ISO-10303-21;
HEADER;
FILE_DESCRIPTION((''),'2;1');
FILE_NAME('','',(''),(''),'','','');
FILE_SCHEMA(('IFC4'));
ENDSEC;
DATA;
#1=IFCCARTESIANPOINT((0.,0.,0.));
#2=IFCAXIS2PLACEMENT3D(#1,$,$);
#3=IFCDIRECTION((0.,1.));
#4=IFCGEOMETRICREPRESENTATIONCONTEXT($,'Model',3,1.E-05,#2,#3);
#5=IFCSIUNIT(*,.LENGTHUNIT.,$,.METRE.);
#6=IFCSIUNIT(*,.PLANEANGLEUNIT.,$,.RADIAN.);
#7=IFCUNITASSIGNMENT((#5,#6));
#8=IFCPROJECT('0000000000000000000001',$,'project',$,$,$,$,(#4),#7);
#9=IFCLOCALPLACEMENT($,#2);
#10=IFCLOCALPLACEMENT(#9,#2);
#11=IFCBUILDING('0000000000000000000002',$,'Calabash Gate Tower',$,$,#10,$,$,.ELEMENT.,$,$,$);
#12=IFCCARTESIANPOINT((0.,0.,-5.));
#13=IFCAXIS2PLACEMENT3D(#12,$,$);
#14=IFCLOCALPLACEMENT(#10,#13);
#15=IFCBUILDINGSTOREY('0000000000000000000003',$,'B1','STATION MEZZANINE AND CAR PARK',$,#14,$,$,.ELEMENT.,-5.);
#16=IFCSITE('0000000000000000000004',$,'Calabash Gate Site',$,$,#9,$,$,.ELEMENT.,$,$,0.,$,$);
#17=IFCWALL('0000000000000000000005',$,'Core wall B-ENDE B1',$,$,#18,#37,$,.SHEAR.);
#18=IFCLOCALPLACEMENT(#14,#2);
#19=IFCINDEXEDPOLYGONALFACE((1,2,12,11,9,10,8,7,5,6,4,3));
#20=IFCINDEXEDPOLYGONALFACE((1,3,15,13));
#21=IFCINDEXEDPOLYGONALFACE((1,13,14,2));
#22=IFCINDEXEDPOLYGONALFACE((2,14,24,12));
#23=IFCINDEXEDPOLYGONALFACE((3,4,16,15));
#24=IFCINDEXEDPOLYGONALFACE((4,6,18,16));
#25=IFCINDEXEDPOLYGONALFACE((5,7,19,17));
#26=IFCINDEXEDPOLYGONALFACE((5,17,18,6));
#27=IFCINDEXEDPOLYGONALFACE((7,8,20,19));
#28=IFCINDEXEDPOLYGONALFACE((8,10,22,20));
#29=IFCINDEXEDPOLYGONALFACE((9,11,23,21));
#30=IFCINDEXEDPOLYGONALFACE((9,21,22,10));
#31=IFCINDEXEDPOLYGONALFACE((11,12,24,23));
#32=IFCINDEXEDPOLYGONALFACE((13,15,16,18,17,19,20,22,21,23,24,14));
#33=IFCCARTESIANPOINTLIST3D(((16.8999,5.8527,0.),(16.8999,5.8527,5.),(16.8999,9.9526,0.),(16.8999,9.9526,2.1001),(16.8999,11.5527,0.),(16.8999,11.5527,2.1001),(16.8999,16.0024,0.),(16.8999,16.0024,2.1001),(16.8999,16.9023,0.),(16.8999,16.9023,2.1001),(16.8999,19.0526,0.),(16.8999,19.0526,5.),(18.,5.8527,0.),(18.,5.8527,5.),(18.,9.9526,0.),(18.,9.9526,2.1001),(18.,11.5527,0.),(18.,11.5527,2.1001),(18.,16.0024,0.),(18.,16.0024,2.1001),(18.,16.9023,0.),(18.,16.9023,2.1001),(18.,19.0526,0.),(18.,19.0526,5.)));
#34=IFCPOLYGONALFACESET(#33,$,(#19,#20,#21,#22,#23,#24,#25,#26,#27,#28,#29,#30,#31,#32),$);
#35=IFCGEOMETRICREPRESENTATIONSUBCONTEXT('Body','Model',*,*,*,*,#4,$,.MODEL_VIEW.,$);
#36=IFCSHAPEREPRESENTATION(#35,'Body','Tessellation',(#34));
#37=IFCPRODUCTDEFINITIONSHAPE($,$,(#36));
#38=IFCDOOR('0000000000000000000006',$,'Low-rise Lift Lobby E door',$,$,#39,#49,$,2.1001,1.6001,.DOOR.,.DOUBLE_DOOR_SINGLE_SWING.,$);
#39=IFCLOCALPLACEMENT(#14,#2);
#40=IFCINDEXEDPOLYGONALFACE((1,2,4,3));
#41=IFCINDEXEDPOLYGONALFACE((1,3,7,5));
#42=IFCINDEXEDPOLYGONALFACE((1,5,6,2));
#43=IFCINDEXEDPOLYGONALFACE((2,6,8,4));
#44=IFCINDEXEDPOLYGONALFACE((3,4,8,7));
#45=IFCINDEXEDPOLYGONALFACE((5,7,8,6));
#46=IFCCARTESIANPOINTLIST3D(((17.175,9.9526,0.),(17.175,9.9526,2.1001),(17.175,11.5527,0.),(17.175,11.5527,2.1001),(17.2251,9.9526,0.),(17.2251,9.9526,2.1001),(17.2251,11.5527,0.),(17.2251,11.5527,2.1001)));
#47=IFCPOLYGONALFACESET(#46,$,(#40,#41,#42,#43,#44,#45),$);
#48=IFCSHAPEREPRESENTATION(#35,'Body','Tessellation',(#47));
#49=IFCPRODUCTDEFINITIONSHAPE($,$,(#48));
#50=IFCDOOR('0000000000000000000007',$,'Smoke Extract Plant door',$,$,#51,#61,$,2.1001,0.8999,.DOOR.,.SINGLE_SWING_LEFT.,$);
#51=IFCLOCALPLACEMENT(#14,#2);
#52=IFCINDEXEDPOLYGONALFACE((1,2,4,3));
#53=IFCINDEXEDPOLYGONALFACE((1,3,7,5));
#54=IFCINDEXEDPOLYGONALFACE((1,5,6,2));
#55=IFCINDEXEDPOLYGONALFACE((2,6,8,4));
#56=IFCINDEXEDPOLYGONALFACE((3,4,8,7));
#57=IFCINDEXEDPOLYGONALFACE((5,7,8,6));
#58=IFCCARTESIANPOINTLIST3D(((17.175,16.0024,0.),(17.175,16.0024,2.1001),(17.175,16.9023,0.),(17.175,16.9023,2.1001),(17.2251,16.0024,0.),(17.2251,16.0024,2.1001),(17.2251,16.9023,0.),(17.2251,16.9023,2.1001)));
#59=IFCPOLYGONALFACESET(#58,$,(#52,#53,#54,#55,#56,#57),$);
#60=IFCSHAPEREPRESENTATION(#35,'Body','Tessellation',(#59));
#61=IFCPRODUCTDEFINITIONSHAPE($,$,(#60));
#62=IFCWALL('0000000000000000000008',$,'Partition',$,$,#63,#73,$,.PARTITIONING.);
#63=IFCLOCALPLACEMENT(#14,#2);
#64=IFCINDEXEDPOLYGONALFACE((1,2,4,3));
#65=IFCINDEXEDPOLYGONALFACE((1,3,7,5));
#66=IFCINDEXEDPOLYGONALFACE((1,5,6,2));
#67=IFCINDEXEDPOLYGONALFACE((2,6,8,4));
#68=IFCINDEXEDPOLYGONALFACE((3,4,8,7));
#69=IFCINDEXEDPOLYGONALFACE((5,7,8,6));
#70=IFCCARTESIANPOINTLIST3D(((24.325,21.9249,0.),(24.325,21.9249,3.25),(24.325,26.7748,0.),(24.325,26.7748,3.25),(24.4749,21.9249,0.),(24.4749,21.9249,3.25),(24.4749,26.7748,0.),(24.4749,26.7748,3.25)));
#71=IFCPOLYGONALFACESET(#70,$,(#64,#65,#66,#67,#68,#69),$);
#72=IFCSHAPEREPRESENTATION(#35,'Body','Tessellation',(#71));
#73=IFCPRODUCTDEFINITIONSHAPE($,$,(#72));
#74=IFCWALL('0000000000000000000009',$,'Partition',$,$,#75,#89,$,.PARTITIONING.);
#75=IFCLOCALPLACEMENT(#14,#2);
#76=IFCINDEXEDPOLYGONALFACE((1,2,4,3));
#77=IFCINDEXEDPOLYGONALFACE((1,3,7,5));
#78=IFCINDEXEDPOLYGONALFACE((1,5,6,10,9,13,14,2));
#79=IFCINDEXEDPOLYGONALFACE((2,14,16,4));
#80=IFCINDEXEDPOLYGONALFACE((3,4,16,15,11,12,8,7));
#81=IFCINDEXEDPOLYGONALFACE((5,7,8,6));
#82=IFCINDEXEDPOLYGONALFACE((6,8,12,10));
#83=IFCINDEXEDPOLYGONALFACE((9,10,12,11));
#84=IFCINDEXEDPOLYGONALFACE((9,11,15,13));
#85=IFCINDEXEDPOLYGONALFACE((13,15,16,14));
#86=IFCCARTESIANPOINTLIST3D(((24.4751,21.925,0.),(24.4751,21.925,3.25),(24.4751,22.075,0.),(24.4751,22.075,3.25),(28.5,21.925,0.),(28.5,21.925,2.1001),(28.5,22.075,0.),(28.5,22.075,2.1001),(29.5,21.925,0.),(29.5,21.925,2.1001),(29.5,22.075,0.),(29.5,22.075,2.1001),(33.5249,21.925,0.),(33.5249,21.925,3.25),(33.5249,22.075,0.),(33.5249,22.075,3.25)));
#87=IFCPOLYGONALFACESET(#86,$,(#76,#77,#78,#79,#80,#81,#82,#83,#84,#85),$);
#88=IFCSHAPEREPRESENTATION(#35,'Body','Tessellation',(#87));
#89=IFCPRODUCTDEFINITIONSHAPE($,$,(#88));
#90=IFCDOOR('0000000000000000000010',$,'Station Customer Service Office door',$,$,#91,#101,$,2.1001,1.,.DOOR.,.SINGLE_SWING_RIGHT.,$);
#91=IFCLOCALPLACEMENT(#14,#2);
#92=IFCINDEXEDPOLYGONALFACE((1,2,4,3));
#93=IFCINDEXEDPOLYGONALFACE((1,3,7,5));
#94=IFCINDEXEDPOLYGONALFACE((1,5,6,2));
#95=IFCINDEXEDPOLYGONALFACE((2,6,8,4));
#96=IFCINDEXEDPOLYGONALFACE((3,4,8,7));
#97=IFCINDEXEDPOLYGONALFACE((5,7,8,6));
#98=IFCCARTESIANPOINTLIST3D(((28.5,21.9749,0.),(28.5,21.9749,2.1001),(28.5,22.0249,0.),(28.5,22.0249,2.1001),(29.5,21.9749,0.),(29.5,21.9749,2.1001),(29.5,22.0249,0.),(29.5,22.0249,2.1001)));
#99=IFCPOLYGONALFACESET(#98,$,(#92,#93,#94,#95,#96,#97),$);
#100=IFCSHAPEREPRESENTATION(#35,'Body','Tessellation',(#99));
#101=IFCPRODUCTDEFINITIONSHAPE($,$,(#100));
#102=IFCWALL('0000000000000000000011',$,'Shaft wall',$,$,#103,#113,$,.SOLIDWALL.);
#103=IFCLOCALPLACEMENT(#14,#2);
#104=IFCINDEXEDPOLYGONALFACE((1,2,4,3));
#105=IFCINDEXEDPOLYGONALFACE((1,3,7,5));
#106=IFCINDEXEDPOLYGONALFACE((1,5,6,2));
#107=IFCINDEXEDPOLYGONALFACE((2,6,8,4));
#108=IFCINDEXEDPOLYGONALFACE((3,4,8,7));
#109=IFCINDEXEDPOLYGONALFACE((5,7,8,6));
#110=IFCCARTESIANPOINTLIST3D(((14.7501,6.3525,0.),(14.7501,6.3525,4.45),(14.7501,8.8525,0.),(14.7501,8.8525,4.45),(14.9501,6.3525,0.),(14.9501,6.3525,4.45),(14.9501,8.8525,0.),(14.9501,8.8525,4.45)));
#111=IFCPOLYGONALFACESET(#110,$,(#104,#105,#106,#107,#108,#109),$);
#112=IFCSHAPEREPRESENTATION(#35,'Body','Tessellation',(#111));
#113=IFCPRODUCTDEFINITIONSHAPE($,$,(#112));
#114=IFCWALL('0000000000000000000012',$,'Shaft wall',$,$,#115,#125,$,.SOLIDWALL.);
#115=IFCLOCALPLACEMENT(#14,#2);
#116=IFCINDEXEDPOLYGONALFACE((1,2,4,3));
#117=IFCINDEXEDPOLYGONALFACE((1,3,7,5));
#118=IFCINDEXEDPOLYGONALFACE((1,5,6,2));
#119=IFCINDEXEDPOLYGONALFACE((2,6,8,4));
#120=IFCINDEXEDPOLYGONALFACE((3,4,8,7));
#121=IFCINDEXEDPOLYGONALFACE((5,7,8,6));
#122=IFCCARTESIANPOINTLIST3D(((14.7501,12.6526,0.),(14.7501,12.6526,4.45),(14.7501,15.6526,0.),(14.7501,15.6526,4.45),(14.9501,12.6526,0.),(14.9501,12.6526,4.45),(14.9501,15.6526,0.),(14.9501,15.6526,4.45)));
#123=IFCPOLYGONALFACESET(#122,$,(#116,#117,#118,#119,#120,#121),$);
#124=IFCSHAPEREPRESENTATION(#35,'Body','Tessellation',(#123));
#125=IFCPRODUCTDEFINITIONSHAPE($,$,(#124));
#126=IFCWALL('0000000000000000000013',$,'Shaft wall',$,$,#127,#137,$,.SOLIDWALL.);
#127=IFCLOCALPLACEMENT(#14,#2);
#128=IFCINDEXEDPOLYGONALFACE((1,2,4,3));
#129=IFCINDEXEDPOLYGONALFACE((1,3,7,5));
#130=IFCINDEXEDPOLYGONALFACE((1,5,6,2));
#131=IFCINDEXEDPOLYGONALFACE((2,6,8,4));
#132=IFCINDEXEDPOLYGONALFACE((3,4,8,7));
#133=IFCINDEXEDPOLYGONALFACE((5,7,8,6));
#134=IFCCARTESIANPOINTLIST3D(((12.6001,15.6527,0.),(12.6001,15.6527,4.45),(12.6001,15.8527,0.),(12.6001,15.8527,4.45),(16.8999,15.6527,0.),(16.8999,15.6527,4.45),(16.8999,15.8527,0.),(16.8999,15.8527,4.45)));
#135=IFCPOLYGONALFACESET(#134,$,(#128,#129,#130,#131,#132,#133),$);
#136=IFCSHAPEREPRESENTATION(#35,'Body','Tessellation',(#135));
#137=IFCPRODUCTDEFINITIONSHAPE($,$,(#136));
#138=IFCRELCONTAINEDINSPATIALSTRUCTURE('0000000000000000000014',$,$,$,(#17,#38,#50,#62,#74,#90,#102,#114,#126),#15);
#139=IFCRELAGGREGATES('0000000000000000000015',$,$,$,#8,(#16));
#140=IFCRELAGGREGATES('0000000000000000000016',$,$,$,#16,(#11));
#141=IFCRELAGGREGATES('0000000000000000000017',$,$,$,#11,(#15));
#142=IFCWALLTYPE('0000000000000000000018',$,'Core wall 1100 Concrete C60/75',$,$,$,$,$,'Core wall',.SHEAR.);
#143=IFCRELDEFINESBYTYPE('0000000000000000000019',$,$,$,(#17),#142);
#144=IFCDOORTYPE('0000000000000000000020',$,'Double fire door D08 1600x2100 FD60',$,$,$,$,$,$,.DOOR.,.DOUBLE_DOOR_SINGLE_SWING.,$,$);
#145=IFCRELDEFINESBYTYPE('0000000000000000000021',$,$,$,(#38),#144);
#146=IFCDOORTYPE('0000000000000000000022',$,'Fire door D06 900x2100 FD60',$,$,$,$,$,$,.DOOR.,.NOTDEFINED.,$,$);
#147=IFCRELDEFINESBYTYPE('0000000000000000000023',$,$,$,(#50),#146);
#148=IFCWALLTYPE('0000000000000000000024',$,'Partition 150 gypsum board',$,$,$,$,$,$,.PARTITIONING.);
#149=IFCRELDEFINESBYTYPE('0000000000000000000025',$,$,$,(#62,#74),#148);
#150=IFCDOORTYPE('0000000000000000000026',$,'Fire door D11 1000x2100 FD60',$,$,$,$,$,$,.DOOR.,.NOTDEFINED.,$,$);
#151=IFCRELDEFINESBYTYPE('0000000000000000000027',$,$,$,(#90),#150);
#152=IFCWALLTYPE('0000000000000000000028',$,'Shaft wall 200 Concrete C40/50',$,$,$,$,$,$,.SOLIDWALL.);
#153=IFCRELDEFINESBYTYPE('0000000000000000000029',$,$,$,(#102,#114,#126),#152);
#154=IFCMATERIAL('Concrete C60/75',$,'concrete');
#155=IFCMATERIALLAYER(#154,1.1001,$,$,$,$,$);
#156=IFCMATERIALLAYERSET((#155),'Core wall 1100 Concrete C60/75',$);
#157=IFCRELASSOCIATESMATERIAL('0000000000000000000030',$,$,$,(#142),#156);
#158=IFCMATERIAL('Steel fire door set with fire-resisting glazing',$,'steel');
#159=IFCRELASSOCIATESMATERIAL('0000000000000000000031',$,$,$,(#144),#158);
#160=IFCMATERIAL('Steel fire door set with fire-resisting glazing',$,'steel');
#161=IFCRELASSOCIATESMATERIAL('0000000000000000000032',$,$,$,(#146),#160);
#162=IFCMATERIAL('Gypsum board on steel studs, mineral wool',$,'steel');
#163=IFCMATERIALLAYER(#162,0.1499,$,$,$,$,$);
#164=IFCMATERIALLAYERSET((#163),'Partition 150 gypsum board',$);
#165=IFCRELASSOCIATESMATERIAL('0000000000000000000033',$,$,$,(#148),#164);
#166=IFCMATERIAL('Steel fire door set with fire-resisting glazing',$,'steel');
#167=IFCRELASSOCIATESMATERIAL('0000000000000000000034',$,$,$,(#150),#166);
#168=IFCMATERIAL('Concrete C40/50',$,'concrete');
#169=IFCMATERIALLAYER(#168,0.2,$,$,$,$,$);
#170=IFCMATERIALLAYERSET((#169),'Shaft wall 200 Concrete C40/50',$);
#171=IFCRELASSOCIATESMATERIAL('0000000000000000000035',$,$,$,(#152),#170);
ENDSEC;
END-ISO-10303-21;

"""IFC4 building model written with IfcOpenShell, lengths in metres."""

from ifc_helpers import new_model, si_unit, direction, frame, frame_2d, origin, place, context, subcontext, project, spatial, rectangle, extrude, material, layer, layer_set, type_object, element, fill, save


model = new_model("IFC4")

# Units and contexts
model_context = context("Model", 3, precision=1e-05, world=origin(), true_north=direction((0.0, 1.0)))
body_context = subcontext(model_context, "Body", "Model", "MODEL_VIEW")
ifc_project = project(units=[si_unit("LENGTHUNIT", "METRE"), si_unit("PLANEANGLEUNIT", "RADIAN")], contexts=[model_context])

# Site, building, storey
site_placement = place(None, origin())
site = spatial("IfcSite", under=ifc_project, at=site_placement, Name="Calabash Gate Site", CompositionType="ELEMENT", RefElevation=0.0)
building_placement = place(site_placement, origin())
building = spatial("IfcBuilding", under=site, at=building_placement, Name="Calabash Gate Tower", CompositionType="ELEMENT")
storey_placement = place(building_placement, frame((0.0, 0.0, -5.0)))
storey = spatial("IfcBuildingStorey", under=building, at=storey_placement, Name="B1", Description="STATION MEZZANINE AND CAR PARK", CompositionType="ELEMENT", Elevation=-5.0)

# Wall, openings, doors
ifc_material_1 = material(Name="Concrete C60/75", Category="concrete")
ifc_layer_1 = layer(ifc_material_1, 1.1001)
ifc_layer_set_1 = layer_set([ifc_layer_1], Name="Core wall 1100 Concrete C60/75")
wall_type_1 = type_object("IfcWallType", Name="Core wall 1100 Concrete C60/75", ElementType="Core wall", PredefinedType="SHEAR", material=ifc_layer_set_1)
wall_1_placement = place(storey_placement, frame((17.45, 5.8525, 0.0), z_axis=(0.0, 0.0, 1.0), x_axis=(0.0, 1.0, 0.0)))
wall_1 = element("IfcWall", 1, at=wall_1_placement, inside=storey, type_object=wall_type_1, Name="Core wall B-ENDE B1", PredefinedType="SHEAR", context=body_context, shape_type="SweptSolid", body=[
    extrude(rectangle(XDim=13.2, YDim=1.1001, at=frame_2d((6.6001, 0.0))), origin(), (0.0, 0.0, 1.0), 5.0),
])
opening_1_placement = place(wall_1_placement, frame((4.1001, 0.0, 0.0)))
opening_1 = element("IfcOpeningElement", 2, at=opening_1_placement, cuts=wall_1, PredefinedType="OPENING", context=body_context, shape_type="SweptSolid", body=[
    extrude(rectangle(XDim=1.6001, YDim=2.1001, at=frame_2d((0.8, 1.05))), frame((0.0, 0.5601, 0.0), z_axis=(0.0, -1.0, 0.0), x_axis=(1.0, 0.0, 0.0)), (0.0, 0.0, 1.0), 1.1201),
])
opening_2_placement = place(wall_1_placement, frame((10.1499, 0.0, 0.0)))
opening_2 = element("IfcOpeningElement", 3, at=opening_2_placement, cuts=wall_1, PredefinedType="OPENING", context=body_context, shape_type="SweptSolid", body=[
    extrude(rectangle(XDim=0.8999, YDim=2.1001, at=frame_2d((0.45, 1.05))), frame((0.0, 0.5601, 0.0), z_axis=(0.0, -1.0, 0.0), x_axis=(1.0, 0.0, 0.0)), (0.0, 0.0, 1.0), 1.1201),
])
ifc_material_2 = material(Name="Steel fire door set with fire-resisting glazing", Category="steel")
door_type_1 = type_object("IfcDoorType", Name="Double fire door D08 1600x2100 FD60", OperationType="DOUBLE_DOOR_SINGLE_SWING", PredefinedType="DOOR", material=ifc_material_2)
door_1_placement = place(opening_1_placement, origin())
door_1 = element("IfcDoor", 4, at=door_1_placement, inside=storey, type_object=door_type_1, Name="Low-rise Lift Lobby E door", OperationType="DOUBLE_DOOR_SINGLE_SWING", OverallHeight=2.1001, OverallWidth=1.6001, PredefinedType="DOOR", context=body_context, shape_type="SweptSolid", body=[
    extrude(rectangle(XDim=1.6001, YDim=2.1001, at=frame_2d((0.8, 1.05))), frame((0.0, 0.2749, 0.0), z_axis=(0.0, -1.0, 0.0), x_axis=(1.0, 0.0, 0.0)), (0.0, 0.0, 1.0), 0.05),
])
fill(opening_1, door_1)
ifc_material_3 = material(Name="Steel fire door set with fire-resisting glazing", Category="steel")
door_type_2 = type_object("IfcDoorType", Name="Fire door D06 900x2100 FD60", OperationType="NOTDEFINED", PredefinedType="DOOR", material=ifc_material_3)
door_2_placement = place(opening_2_placement, origin())
door_2 = element("IfcDoor", 5, at=door_2_placement, inside=storey, type_object=door_type_2, Name="Smoke Extract Plant door", OperationType="SINGLE_SWING_LEFT", OverallHeight=2.1001, OverallWidth=0.8999, PredefinedType="DOOR", context=body_context, shape_type="SweptSolid", body=[
    extrude(rectangle(XDim=0.8999, YDim=2.1001, at=frame_2d((0.45, 1.05))), frame((0.0, 0.2749, 0.0), z_axis=(0.0, -1.0, 0.0), x_axis=(1.0, 0.0, 0.0)), (0.0, 0.0, 1.0), 0.05),
])
fill(opening_2, door_2)

# Wall
ifc_material_4 = material(Name="Gypsum board on steel studs, mineral wool", Category="steel")
ifc_layer_2 = layer(ifc_material_4, 0.1499)
ifc_layer_set_2 = layer_set([ifc_layer_2], Name="Partition 150 gypsum board")
wall_type_2 = type_object("IfcWallType", Name="Partition 150 gypsum board", PredefinedType="PARTITIONING", material=ifc_layer_set_2)
wall_2_placement = place(storey_placement, frame((24.3999, 21.925, 0.0), z_axis=(0.0, 0.0, 1.0), x_axis=(0.0, 1.0, 0.0)))
element("IfcWall", 6, at=wall_2_placement, inside=storey, type_object=wall_type_2, Name="Partition", PredefinedType="PARTITIONING", context=body_context, shape_type="SweptSolid", body=[
    extrude(rectangle(XDim=4.8499, YDim=0.1499, at=frame_2d((2.4248, 0.0))), origin(), (0.0, 0.0, 1.0), 3.25),
])

# Wall, opening, door
wall_3_placement = place(storey_placement, frame((24.4751, 22.0, 0.0), z_axis=(0.0, 0.0, 1.0), x_axis=(1.0, 0.0, 0.0)))
wall_3 = element("IfcWall", 7, at=wall_3_placement, inside=storey, type_object=wall_type_2, Name="Partition", PredefinedType="PARTITIONING", context=body_context, shape_type="SweptSolid", body=[
    extrude(rectangle(XDim=9.0498, YDim=0.1499, at=frame_2d((4.5249, 0.0))), origin(), (0.0, 0.0, 1.0), 3.25),
])
opening_3_placement = place(wall_3_placement, frame((4.0249, 0.0, 0.0)))
opening_3 = element("IfcOpeningElement", 8, at=opening_3_placement, cuts=wall_3, PredefinedType="OPENING", context=body_context, shape_type="SweptSolid", body=[
    extrude(rectangle(XDim=1.0, YDim=2.1001, at=frame_2d((0.5, 1.05))), frame((0.0, 0.085, 0.0), z_axis=(0.0, -1.0, 0.0), x_axis=(1.0, 0.0, 0.0)), (0.0, 0.0, 1.0), 0.1699),
])
ifc_material_5 = material(Name="Steel fire door set with fire-resisting glazing", Category="steel")
door_type_3 = type_object("IfcDoorType", Name="Fire door D11 1000x2100 FD60", OperationType="NOTDEFINED", PredefinedType="DOOR", material=ifc_material_5)
door_3_placement = place(opening_3_placement, origin())
door_3 = element("IfcDoor", 9, at=door_3_placement, inside=storey, type_object=door_type_3, Name="Station Customer Service Office door", OperationType="SINGLE_SWING_RIGHT", OverallHeight=2.1001, OverallWidth=1.0, PredefinedType="DOOR", context=body_context, shape_type="SweptSolid", body=[
    extrude(rectangle(XDim=1.0, YDim=2.1001, at=frame_2d((0.5, 1.05))), frame((0.0, 0.0249, 0.0), z_axis=(0.0, -1.0, 0.0), x_axis=(1.0, 0.0, 0.0)), (0.0, 0.0, 1.0), 0.05),
])
fill(opening_3, door_3)

# Walls
ifc_material_6 = material(Name="Concrete C40/50", Category="concrete")
ifc_layer_3 = layer(ifc_material_6, 0.2)
ifc_layer_set_3 = layer_set([ifc_layer_3], Name="Shaft wall 200 Concrete C40/50")
wall_type_3 = type_object("IfcWallType", Name="Shaft wall 200 Concrete C40/50", PredefinedType="SOLIDWALL", material=ifc_layer_set_3)
wall_4_placement = place(storey_placement, frame((14.8501, 6.3525, 0.0), z_axis=(0.0, 0.0, 1.0), x_axis=(0.0, 1.0, 0.0)))
element("IfcWall", 10, at=wall_4_placement, inside=storey, type_object=wall_type_3, Name="Shaft wall", PredefinedType="SOLIDWALL", context=body_context, shape_type="SweptSolid", body=[
    extrude(rectangle(XDim=2.5, YDim=0.2, at=frame_2d((1.25, 0.0))), origin(), (0.0, 0.0, 1.0), 4.45),
])
wall_5_placement = place(storey_placement, frame((14.8501, 12.6526, 0.0), z_axis=(0.0, 0.0, 1.0), x_axis=(0.0, 1.0, 0.0)))
element("IfcWall", 11, at=wall_5_placement, inside=storey, type_object=wall_type_3, Name="Shaft wall", PredefinedType="SOLIDWALL", context=body_context, shape_type="SweptSolid", body=[
    extrude(rectangle(XDim=3.0, YDim=0.2, at=frame_2d((1.5, 0.0))), origin(), (0.0, 0.0, 1.0), 4.45),
])
wall_6_placement = place(storey_placement, frame((12.6001, 15.7527, 0.0), z_axis=(0.0, 0.0, 1.0), x_axis=(1.0, 0.0, 0.0)))
element("IfcWall", 12, at=wall_6_placement, inside=storey, type_object=wall_type_3, Name="Shaft wall", PredefinedType="SOLIDWALL", context=body_context, shape_type="SweptSolid", body=[
    extrude(rectangle(XDim=4.2998, YDim=0.2, at=frame_2d((2.1499, 0.0))), origin(), (0.0, 0.0, 1.0), 4.45),
])

save(model, "model.ifc")
